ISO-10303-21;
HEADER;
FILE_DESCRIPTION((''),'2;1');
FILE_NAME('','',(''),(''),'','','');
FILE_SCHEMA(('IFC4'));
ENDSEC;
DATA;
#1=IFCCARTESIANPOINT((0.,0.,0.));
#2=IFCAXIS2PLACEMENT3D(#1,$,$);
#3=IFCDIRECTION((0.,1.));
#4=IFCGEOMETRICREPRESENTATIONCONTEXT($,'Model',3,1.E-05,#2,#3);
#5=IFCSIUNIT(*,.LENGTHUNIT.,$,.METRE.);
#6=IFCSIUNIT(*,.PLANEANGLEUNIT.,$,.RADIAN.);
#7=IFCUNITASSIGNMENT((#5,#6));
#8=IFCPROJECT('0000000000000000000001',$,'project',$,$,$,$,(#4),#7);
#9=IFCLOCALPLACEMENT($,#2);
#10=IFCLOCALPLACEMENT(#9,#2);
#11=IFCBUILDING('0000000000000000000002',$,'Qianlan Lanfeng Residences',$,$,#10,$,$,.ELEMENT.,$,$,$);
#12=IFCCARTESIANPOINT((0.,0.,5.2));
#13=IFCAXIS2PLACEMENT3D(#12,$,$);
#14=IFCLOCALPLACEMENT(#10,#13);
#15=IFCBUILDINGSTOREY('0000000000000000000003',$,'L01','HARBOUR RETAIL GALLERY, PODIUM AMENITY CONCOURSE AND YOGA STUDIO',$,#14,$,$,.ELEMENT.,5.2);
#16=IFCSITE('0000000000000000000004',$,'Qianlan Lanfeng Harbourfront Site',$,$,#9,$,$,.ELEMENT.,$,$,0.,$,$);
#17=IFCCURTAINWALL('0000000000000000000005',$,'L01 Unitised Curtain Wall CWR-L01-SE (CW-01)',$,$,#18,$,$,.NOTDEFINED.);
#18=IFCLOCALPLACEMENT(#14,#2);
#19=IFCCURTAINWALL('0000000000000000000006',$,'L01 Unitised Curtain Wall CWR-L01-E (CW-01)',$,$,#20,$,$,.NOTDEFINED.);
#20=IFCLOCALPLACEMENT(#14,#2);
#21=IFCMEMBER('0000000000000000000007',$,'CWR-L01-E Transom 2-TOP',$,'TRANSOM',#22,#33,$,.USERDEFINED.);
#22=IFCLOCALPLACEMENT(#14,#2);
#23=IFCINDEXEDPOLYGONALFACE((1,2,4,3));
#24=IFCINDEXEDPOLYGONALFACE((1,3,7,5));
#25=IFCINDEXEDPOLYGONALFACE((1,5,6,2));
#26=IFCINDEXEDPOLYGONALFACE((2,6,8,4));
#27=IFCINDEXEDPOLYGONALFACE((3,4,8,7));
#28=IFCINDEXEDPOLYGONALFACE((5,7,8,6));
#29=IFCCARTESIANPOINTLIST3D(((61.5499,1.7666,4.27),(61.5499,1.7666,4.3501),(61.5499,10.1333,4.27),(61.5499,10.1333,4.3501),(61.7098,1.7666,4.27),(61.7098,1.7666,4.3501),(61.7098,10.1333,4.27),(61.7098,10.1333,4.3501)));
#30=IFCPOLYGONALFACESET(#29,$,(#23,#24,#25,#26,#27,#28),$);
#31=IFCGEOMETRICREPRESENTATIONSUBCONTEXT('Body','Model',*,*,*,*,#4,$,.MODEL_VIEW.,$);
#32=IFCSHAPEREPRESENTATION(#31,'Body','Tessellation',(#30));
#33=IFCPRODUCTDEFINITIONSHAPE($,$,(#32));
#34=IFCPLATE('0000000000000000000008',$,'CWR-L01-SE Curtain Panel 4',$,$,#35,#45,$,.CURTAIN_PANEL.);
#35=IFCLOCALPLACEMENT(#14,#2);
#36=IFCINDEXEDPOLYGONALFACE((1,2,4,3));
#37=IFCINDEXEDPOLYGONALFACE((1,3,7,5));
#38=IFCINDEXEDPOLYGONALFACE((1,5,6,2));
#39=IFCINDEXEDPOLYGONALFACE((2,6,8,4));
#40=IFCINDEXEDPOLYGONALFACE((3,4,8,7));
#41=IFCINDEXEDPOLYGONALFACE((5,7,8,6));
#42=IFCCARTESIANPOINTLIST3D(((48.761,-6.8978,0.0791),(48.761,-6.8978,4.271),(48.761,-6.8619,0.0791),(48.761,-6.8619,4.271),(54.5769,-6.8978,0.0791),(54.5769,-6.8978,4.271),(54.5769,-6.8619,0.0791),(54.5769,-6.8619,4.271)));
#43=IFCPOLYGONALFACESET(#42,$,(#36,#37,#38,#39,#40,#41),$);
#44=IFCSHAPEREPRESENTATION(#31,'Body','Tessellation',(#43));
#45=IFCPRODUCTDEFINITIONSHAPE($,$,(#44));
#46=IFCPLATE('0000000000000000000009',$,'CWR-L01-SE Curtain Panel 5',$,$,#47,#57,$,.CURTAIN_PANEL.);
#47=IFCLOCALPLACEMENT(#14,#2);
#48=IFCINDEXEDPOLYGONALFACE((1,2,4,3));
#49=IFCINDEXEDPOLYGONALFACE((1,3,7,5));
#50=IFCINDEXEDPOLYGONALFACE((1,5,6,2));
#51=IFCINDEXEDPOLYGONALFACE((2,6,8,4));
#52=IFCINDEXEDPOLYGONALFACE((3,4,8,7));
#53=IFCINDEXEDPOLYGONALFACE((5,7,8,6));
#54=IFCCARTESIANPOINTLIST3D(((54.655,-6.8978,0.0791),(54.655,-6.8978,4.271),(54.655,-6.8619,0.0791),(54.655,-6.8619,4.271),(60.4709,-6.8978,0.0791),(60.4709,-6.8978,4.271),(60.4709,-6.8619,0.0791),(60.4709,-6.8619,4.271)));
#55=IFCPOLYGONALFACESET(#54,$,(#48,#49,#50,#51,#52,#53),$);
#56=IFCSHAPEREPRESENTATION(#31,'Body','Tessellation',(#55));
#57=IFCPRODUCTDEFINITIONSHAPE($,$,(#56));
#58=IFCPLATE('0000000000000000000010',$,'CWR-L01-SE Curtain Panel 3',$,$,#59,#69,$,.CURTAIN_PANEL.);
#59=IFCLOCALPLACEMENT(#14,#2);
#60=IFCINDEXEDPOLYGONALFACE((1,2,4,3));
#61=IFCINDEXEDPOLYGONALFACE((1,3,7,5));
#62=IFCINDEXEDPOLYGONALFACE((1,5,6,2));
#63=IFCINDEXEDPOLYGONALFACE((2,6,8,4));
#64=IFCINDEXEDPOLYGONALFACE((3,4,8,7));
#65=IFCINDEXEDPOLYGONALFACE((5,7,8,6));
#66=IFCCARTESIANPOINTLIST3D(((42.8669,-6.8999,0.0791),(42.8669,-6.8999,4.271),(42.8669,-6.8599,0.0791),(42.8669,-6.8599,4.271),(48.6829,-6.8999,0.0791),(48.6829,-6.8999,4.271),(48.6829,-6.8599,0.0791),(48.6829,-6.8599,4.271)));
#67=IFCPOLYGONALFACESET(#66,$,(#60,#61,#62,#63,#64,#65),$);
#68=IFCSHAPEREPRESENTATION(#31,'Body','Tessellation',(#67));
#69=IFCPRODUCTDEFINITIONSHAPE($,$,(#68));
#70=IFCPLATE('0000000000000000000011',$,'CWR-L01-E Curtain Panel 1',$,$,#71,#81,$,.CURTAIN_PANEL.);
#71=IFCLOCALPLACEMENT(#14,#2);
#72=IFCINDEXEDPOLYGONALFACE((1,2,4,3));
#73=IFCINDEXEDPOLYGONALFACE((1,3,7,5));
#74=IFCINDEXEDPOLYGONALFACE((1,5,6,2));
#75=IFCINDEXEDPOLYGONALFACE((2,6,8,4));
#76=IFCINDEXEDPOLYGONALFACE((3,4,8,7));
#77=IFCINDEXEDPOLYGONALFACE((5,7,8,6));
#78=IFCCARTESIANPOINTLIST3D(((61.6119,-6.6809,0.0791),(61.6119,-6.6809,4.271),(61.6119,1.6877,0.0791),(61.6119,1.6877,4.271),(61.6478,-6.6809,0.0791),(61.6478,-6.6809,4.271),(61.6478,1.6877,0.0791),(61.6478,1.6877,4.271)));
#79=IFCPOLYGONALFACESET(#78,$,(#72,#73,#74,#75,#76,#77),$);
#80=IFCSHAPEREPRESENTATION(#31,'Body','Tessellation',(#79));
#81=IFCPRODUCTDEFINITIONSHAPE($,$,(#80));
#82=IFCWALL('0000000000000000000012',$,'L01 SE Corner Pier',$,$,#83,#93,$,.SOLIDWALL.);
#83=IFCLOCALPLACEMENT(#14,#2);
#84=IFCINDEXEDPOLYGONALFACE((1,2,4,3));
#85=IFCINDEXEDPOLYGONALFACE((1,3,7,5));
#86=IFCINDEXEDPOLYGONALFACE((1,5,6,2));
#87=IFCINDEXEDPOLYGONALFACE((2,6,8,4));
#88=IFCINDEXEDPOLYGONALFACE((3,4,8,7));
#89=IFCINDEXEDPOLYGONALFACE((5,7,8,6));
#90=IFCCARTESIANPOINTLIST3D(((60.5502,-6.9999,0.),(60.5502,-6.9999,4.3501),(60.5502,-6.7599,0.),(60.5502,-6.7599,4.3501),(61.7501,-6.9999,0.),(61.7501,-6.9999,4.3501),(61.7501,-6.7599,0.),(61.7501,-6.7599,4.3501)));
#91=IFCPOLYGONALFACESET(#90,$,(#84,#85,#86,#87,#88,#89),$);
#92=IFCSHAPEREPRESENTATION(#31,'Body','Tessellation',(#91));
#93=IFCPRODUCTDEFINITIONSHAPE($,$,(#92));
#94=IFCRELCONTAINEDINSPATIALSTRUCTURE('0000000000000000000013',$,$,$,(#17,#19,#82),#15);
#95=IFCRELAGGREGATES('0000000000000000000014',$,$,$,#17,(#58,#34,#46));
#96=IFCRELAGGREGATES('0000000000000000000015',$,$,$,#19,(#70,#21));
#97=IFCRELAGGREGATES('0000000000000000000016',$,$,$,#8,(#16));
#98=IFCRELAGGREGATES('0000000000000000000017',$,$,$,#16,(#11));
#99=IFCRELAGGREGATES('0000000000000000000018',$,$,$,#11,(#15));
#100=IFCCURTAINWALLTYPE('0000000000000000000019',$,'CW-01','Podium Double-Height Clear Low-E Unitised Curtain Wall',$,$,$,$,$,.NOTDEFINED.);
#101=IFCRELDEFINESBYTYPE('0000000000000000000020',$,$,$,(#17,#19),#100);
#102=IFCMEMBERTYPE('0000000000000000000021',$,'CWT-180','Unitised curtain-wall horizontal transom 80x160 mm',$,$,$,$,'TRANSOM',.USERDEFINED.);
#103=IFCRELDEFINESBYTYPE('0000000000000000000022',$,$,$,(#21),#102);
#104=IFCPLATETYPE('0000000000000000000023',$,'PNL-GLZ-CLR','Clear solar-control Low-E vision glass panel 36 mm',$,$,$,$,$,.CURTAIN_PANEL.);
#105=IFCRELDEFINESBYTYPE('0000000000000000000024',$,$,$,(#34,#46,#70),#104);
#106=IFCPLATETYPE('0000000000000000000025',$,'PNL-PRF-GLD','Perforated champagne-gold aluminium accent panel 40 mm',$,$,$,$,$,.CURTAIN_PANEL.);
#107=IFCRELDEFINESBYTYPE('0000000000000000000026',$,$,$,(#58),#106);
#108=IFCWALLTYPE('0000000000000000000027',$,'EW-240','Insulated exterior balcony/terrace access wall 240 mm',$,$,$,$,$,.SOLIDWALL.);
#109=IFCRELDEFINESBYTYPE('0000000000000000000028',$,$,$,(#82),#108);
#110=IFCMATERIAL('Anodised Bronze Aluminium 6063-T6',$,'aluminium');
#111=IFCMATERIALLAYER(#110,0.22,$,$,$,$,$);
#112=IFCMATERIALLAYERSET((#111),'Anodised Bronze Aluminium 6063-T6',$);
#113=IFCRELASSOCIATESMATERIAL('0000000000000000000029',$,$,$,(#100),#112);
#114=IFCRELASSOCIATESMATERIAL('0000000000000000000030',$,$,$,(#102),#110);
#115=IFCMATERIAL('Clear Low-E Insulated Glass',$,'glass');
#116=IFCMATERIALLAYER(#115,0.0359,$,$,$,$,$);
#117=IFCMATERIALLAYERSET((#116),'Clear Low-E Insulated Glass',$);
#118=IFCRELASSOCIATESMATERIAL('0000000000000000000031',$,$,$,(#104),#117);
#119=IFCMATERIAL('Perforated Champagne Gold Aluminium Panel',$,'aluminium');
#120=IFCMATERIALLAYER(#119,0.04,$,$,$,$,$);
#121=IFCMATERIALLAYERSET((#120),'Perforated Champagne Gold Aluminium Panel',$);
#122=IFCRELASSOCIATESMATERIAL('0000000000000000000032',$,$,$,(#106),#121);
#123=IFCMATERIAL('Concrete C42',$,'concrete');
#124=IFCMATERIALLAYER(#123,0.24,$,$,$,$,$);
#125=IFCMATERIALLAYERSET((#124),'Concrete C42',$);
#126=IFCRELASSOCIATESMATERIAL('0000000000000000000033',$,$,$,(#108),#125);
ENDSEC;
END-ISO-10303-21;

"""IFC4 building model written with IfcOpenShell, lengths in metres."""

from ifc_helpers import new_model, si_unit, direction, frame, frame_2d, origin, origin_2d, place, context, subcontext, project, spatial, rectangle, extrude, source, transform, mapped, material, layer, layer_set, material_profile, profile_set, type_object, element, aggregate, save


model = new_model("IFC4")

# Units and contexts
model_context = context("Model", 3, precision=1e-05, world=origin(), true_north=direction((0.0, 1.0)))
body_context = subcontext(model_context, "Body", "Model", "MODEL_VIEW")
ifc_project = project(units=[si_unit("LENGTHUNIT", "METRE"), si_unit("PLANEANGLEUNIT", "RADIAN")], contexts=[model_context])

# Site, building, storey
site_placement = place(None, origin())
site = spatial("IfcSite", under=ifc_project, at=site_placement, Name="Qianlan Lanfeng Harbourfront Site", CompositionType="ELEMENT", RefElevation=0.0)
building_placement = place(site_placement, origin())
building = spatial("IfcBuilding", under=site, at=building_placement, Name="Qianlan Lanfeng Residences", CompositionType="ELEMENT")
storey_placement = place(building_placement, frame((0.0, 0.0, 5.2)))
storey = spatial("IfcBuildingStorey", under=building, at=storey_placement, Name="L01", Description="HARBOUR RETAIL GALLERY, PODIUM AMENITY CONCOURSE AND YOGA STUDIO", CompositionType="ELEMENT", Elevation=5.2)

# Curtain walls
ifc_material_1 = material(Name="Anodised Bronze Aluminium 6063-T6", Category="aluminium")
ifc_layer_1 = layer(ifc_material_1, 0.22)
ifc_layer_set_1 = layer_set([ifc_layer_1], Name="Anodised Bronze Aluminium 6063-T6")
curtain_wall_type = type_object("IfcCurtainWallType", Name="CW-01", Description="Podium Double-Height Clear Low-E Unitised Curtain Wall", PredefinedType="NOTDEFINED", material=ifc_layer_set_1)
curtain_wall_1_placement = place(storey_placement, origin())
curtain_wall_1 = element("IfcCurtainWall", 1, at=curtain_wall_1_placement, inside=storey, type_object=curtain_wall_type, Name="L01 Unitised Curtain Wall CWR-L01-SE (CW-01)", PredefinedType="NOTDEFINED")
curtain_wall_2_placement = place(storey_placement, origin())
curtain_wall_2 = element("IfcCurtainWall", 2, at=curtain_wall_2_placement, inside=storey, type_object=curtain_wall_type, Name="L01 Unitised Curtain Wall CWR-L01-E (CW-01)", PredefinedType="NOTDEFINED")

# Member
ifc_material_profile_1 = material_profile(ifc_material_1, rectangle(XDim=0.0801, YDim=0.1599, at=origin_2d()), Name="ALU TRANSOM 80x160")
ifc_profile_set_1 = profile_set([ifc_material_profile_1], Name="Anodised Bronze Aluminium 6063-T6")
member_type_1 = type_object("IfcMemberType", Name="CWT-180", Description="Unitised curtain-wall horizontal transom 80x160 mm", ElementType="TRANSOM", PredefinedType="USERDEFINED", material=ifc_profile_set_1)
shared_shape_1 = source(origin(), body_context, "Body", "SweptSolid", [
    extrude(rectangle(XDim=0.0801, YDim=0.1599, at=origin_2d()), origin(), (0.0, 0.0, 1.0), 8.3667),
])
member_1_placement = place(storey_placement, frame((61.6299, 1.7666, 4.3101), z_axis=(0.0, 1.0, 0.0), x_axis=(0.0, 0.0, 1.0)))
member_1 = element("IfcMember", 3, at=member_1_placement, type_object=member_type_1, Name="CWR-L01-E Transom 2-TOP", ObjectType="TRANSOM", PredefinedType="USERDEFINED", context=body_context, shape_type="MappedRepresentation", body=[
    mapped(shared_shape_1, transform((0.0, 0.0, 0.0), scale=1.0)),
])

# Plates
ifc_material_2 = material(Name="Clear Low-E Insulated Glass", Category="glass")
ifc_layer_2 = layer(ifc_material_2, 0.0359)
ifc_layer_set_2 = layer_set([ifc_layer_2], Name="Clear Low-E Insulated Glass")
plate_type_1 = type_object("IfcPlateType", Name="PNL-GLZ-CLR", Description="Clear solar-control Low-E vision glass panel 36 mm", PredefinedType="CURTAIN_PANEL", material=ifc_layer_set_2)
shared_shape_2 = source(origin(), body_context, "Body", "SweptSolid", [
    extrude(rectangle(XDim=5.8159, YDim=0.0359, at=origin_2d()), origin(), (0.0, 0.0, 1.0), 4.1919),
])
plate_1_placement = place(storey_placement, frame((51.6689, -6.8799, 0.0791), z_axis=(0.0, 0.0, 1.0), x_axis=(1.0, 0.0, 0.0)))
plate_1 = element("IfcPlate", 4, at=plate_1_placement, type_object=plate_type_1, Name="CWR-L01-SE Curtain Panel 4", PredefinedType="CURTAIN_PANEL", context=body_context, shape_type="MappedRepresentation", body=[
    mapped(shared_shape_2, transform((0.0, 0.0, 0.0), scale=1.0)),
])
plate_2_placement = place(storey_placement, frame((57.563, -6.8799, 0.0791), z_axis=(0.0, 0.0, 1.0), x_axis=(1.0, 0.0, 0.0)))
plate_2 = element("IfcPlate", 5, at=plate_2_placement, type_object=plate_type_1, Name="CWR-L01-SE Curtain Panel 5", PredefinedType="CURTAIN_PANEL", context=body_context, shape_type="MappedRepresentation", body=[
    mapped(shared_shape_2, transform((0.0, 0.0, 0.0), scale=1.0)),
])
ifc_material_3 = material(Name="Perforated Champagne Gold Aluminium Panel", Category="aluminium")
ifc_layer_3 = layer(ifc_material_3, 0.04)
ifc_layer_set_3 = layer_set([ifc_layer_3], Name="Perforated Champagne Gold Aluminium Panel")
plate_type_2 = type_object("IfcPlateType", Name="PNL-PRF-GLD", Description="Perforated champagne-gold aluminium accent panel 40 mm", PredefinedType="CURTAIN_PANEL", material=ifc_layer_set_3)
shared_shape_3 = source(origin(), body_context, "Body", "SweptSolid", [
    extrude(rectangle(XDim=5.8159, YDim=0.04, at=origin_2d()), origin(), (0.0, 0.0, 1.0), 4.1919),
])
plate_3_placement = place(storey_placement, frame((45.7749, -6.8799, 0.0791), z_axis=(0.0, 0.0, 1.0), x_axis=(1.0, 0.0, 0.0)))
plate_3 = element("IfcPlate", 6, at=plate_3_placement, type_object=plate_type_2, Name="CWR-L01-SE Curtain Panel 3", PredefinedType="CURTAIN_PANEL", context=body_context, shape_type="MappedRepresentation", body=[
    mapped(shared_shape_3, transform((0.0, 0.0, 0.0), scale=1.0)),
])
aggregate(curtain_wall_1, [plate_3, plate_1, plate_2])
shared_shape_4 = source(origin(), body_context, "Body", "SweptSolid", [
    extrude(rectangle(XDim=8.3687, YDim=0.0359, at=origin_2d()), origin(), (0.0, 0.0, 1.0), 4.1919),
])
plate_4_placement = place(storey_placement, frame((61.6299, -2.4966, 0.0791), z_axis=(0.0, 0.0, 1.0), x_axis=(0.0, 1.0, 0.0)))
plate_4 = element("IfcPlate", 7, at=plate_4_placement, type_object=plate_type_1, Name="CWR-L01-E Curtain Panel 1", PredefinedType="CURTAIN_PANEL", context=body_context, shape_type="MappedRepresentation", body=[
    mapped(shared_shape_4, transform((0.0, 0.0, 0.0), scale=1.0)),
])
aggregate(curtain_wall_2, [plate_4, member_1])

# Wall
ifc_material_4 = material(Name="Concrete C42", Category="concrete")
ifc_layer_4 = layer(ifc_material_4, 0.24)
ifc_layer_set_4 = layer_set([ifc_layer_4], Name="Concrete C42")
wall_type = type_object("IfcWallType", Name="EW-240", Description="Insulated exterior balcony/terrace access wall 240 mm", PredefinedType="SOLIDWALL", material=ifc_layer_set_4)
wall_placement = place(storey_placement, frame((60.55, -6.8799, 0.0), z_axis=(0.0, 0.0, 1.0), x_axis=(1.0, 0.0, 0.0)))
element("IfcWall", 8, at=wall_placement, inside=storey, type_object=wall_type, Name="L01 SE Corner Pier", PredefinedType="SOLIDWALL", context=body_context, shape_type="SweptSolid", body=[
    extrude(rectangle(XDim=1.2, YDim=0.24, at=frame_2d((0.6001, 0.0))), origin(), (0.0, 0.0, 1.0), 4.3501),
])

save(model, "model.ifc")
